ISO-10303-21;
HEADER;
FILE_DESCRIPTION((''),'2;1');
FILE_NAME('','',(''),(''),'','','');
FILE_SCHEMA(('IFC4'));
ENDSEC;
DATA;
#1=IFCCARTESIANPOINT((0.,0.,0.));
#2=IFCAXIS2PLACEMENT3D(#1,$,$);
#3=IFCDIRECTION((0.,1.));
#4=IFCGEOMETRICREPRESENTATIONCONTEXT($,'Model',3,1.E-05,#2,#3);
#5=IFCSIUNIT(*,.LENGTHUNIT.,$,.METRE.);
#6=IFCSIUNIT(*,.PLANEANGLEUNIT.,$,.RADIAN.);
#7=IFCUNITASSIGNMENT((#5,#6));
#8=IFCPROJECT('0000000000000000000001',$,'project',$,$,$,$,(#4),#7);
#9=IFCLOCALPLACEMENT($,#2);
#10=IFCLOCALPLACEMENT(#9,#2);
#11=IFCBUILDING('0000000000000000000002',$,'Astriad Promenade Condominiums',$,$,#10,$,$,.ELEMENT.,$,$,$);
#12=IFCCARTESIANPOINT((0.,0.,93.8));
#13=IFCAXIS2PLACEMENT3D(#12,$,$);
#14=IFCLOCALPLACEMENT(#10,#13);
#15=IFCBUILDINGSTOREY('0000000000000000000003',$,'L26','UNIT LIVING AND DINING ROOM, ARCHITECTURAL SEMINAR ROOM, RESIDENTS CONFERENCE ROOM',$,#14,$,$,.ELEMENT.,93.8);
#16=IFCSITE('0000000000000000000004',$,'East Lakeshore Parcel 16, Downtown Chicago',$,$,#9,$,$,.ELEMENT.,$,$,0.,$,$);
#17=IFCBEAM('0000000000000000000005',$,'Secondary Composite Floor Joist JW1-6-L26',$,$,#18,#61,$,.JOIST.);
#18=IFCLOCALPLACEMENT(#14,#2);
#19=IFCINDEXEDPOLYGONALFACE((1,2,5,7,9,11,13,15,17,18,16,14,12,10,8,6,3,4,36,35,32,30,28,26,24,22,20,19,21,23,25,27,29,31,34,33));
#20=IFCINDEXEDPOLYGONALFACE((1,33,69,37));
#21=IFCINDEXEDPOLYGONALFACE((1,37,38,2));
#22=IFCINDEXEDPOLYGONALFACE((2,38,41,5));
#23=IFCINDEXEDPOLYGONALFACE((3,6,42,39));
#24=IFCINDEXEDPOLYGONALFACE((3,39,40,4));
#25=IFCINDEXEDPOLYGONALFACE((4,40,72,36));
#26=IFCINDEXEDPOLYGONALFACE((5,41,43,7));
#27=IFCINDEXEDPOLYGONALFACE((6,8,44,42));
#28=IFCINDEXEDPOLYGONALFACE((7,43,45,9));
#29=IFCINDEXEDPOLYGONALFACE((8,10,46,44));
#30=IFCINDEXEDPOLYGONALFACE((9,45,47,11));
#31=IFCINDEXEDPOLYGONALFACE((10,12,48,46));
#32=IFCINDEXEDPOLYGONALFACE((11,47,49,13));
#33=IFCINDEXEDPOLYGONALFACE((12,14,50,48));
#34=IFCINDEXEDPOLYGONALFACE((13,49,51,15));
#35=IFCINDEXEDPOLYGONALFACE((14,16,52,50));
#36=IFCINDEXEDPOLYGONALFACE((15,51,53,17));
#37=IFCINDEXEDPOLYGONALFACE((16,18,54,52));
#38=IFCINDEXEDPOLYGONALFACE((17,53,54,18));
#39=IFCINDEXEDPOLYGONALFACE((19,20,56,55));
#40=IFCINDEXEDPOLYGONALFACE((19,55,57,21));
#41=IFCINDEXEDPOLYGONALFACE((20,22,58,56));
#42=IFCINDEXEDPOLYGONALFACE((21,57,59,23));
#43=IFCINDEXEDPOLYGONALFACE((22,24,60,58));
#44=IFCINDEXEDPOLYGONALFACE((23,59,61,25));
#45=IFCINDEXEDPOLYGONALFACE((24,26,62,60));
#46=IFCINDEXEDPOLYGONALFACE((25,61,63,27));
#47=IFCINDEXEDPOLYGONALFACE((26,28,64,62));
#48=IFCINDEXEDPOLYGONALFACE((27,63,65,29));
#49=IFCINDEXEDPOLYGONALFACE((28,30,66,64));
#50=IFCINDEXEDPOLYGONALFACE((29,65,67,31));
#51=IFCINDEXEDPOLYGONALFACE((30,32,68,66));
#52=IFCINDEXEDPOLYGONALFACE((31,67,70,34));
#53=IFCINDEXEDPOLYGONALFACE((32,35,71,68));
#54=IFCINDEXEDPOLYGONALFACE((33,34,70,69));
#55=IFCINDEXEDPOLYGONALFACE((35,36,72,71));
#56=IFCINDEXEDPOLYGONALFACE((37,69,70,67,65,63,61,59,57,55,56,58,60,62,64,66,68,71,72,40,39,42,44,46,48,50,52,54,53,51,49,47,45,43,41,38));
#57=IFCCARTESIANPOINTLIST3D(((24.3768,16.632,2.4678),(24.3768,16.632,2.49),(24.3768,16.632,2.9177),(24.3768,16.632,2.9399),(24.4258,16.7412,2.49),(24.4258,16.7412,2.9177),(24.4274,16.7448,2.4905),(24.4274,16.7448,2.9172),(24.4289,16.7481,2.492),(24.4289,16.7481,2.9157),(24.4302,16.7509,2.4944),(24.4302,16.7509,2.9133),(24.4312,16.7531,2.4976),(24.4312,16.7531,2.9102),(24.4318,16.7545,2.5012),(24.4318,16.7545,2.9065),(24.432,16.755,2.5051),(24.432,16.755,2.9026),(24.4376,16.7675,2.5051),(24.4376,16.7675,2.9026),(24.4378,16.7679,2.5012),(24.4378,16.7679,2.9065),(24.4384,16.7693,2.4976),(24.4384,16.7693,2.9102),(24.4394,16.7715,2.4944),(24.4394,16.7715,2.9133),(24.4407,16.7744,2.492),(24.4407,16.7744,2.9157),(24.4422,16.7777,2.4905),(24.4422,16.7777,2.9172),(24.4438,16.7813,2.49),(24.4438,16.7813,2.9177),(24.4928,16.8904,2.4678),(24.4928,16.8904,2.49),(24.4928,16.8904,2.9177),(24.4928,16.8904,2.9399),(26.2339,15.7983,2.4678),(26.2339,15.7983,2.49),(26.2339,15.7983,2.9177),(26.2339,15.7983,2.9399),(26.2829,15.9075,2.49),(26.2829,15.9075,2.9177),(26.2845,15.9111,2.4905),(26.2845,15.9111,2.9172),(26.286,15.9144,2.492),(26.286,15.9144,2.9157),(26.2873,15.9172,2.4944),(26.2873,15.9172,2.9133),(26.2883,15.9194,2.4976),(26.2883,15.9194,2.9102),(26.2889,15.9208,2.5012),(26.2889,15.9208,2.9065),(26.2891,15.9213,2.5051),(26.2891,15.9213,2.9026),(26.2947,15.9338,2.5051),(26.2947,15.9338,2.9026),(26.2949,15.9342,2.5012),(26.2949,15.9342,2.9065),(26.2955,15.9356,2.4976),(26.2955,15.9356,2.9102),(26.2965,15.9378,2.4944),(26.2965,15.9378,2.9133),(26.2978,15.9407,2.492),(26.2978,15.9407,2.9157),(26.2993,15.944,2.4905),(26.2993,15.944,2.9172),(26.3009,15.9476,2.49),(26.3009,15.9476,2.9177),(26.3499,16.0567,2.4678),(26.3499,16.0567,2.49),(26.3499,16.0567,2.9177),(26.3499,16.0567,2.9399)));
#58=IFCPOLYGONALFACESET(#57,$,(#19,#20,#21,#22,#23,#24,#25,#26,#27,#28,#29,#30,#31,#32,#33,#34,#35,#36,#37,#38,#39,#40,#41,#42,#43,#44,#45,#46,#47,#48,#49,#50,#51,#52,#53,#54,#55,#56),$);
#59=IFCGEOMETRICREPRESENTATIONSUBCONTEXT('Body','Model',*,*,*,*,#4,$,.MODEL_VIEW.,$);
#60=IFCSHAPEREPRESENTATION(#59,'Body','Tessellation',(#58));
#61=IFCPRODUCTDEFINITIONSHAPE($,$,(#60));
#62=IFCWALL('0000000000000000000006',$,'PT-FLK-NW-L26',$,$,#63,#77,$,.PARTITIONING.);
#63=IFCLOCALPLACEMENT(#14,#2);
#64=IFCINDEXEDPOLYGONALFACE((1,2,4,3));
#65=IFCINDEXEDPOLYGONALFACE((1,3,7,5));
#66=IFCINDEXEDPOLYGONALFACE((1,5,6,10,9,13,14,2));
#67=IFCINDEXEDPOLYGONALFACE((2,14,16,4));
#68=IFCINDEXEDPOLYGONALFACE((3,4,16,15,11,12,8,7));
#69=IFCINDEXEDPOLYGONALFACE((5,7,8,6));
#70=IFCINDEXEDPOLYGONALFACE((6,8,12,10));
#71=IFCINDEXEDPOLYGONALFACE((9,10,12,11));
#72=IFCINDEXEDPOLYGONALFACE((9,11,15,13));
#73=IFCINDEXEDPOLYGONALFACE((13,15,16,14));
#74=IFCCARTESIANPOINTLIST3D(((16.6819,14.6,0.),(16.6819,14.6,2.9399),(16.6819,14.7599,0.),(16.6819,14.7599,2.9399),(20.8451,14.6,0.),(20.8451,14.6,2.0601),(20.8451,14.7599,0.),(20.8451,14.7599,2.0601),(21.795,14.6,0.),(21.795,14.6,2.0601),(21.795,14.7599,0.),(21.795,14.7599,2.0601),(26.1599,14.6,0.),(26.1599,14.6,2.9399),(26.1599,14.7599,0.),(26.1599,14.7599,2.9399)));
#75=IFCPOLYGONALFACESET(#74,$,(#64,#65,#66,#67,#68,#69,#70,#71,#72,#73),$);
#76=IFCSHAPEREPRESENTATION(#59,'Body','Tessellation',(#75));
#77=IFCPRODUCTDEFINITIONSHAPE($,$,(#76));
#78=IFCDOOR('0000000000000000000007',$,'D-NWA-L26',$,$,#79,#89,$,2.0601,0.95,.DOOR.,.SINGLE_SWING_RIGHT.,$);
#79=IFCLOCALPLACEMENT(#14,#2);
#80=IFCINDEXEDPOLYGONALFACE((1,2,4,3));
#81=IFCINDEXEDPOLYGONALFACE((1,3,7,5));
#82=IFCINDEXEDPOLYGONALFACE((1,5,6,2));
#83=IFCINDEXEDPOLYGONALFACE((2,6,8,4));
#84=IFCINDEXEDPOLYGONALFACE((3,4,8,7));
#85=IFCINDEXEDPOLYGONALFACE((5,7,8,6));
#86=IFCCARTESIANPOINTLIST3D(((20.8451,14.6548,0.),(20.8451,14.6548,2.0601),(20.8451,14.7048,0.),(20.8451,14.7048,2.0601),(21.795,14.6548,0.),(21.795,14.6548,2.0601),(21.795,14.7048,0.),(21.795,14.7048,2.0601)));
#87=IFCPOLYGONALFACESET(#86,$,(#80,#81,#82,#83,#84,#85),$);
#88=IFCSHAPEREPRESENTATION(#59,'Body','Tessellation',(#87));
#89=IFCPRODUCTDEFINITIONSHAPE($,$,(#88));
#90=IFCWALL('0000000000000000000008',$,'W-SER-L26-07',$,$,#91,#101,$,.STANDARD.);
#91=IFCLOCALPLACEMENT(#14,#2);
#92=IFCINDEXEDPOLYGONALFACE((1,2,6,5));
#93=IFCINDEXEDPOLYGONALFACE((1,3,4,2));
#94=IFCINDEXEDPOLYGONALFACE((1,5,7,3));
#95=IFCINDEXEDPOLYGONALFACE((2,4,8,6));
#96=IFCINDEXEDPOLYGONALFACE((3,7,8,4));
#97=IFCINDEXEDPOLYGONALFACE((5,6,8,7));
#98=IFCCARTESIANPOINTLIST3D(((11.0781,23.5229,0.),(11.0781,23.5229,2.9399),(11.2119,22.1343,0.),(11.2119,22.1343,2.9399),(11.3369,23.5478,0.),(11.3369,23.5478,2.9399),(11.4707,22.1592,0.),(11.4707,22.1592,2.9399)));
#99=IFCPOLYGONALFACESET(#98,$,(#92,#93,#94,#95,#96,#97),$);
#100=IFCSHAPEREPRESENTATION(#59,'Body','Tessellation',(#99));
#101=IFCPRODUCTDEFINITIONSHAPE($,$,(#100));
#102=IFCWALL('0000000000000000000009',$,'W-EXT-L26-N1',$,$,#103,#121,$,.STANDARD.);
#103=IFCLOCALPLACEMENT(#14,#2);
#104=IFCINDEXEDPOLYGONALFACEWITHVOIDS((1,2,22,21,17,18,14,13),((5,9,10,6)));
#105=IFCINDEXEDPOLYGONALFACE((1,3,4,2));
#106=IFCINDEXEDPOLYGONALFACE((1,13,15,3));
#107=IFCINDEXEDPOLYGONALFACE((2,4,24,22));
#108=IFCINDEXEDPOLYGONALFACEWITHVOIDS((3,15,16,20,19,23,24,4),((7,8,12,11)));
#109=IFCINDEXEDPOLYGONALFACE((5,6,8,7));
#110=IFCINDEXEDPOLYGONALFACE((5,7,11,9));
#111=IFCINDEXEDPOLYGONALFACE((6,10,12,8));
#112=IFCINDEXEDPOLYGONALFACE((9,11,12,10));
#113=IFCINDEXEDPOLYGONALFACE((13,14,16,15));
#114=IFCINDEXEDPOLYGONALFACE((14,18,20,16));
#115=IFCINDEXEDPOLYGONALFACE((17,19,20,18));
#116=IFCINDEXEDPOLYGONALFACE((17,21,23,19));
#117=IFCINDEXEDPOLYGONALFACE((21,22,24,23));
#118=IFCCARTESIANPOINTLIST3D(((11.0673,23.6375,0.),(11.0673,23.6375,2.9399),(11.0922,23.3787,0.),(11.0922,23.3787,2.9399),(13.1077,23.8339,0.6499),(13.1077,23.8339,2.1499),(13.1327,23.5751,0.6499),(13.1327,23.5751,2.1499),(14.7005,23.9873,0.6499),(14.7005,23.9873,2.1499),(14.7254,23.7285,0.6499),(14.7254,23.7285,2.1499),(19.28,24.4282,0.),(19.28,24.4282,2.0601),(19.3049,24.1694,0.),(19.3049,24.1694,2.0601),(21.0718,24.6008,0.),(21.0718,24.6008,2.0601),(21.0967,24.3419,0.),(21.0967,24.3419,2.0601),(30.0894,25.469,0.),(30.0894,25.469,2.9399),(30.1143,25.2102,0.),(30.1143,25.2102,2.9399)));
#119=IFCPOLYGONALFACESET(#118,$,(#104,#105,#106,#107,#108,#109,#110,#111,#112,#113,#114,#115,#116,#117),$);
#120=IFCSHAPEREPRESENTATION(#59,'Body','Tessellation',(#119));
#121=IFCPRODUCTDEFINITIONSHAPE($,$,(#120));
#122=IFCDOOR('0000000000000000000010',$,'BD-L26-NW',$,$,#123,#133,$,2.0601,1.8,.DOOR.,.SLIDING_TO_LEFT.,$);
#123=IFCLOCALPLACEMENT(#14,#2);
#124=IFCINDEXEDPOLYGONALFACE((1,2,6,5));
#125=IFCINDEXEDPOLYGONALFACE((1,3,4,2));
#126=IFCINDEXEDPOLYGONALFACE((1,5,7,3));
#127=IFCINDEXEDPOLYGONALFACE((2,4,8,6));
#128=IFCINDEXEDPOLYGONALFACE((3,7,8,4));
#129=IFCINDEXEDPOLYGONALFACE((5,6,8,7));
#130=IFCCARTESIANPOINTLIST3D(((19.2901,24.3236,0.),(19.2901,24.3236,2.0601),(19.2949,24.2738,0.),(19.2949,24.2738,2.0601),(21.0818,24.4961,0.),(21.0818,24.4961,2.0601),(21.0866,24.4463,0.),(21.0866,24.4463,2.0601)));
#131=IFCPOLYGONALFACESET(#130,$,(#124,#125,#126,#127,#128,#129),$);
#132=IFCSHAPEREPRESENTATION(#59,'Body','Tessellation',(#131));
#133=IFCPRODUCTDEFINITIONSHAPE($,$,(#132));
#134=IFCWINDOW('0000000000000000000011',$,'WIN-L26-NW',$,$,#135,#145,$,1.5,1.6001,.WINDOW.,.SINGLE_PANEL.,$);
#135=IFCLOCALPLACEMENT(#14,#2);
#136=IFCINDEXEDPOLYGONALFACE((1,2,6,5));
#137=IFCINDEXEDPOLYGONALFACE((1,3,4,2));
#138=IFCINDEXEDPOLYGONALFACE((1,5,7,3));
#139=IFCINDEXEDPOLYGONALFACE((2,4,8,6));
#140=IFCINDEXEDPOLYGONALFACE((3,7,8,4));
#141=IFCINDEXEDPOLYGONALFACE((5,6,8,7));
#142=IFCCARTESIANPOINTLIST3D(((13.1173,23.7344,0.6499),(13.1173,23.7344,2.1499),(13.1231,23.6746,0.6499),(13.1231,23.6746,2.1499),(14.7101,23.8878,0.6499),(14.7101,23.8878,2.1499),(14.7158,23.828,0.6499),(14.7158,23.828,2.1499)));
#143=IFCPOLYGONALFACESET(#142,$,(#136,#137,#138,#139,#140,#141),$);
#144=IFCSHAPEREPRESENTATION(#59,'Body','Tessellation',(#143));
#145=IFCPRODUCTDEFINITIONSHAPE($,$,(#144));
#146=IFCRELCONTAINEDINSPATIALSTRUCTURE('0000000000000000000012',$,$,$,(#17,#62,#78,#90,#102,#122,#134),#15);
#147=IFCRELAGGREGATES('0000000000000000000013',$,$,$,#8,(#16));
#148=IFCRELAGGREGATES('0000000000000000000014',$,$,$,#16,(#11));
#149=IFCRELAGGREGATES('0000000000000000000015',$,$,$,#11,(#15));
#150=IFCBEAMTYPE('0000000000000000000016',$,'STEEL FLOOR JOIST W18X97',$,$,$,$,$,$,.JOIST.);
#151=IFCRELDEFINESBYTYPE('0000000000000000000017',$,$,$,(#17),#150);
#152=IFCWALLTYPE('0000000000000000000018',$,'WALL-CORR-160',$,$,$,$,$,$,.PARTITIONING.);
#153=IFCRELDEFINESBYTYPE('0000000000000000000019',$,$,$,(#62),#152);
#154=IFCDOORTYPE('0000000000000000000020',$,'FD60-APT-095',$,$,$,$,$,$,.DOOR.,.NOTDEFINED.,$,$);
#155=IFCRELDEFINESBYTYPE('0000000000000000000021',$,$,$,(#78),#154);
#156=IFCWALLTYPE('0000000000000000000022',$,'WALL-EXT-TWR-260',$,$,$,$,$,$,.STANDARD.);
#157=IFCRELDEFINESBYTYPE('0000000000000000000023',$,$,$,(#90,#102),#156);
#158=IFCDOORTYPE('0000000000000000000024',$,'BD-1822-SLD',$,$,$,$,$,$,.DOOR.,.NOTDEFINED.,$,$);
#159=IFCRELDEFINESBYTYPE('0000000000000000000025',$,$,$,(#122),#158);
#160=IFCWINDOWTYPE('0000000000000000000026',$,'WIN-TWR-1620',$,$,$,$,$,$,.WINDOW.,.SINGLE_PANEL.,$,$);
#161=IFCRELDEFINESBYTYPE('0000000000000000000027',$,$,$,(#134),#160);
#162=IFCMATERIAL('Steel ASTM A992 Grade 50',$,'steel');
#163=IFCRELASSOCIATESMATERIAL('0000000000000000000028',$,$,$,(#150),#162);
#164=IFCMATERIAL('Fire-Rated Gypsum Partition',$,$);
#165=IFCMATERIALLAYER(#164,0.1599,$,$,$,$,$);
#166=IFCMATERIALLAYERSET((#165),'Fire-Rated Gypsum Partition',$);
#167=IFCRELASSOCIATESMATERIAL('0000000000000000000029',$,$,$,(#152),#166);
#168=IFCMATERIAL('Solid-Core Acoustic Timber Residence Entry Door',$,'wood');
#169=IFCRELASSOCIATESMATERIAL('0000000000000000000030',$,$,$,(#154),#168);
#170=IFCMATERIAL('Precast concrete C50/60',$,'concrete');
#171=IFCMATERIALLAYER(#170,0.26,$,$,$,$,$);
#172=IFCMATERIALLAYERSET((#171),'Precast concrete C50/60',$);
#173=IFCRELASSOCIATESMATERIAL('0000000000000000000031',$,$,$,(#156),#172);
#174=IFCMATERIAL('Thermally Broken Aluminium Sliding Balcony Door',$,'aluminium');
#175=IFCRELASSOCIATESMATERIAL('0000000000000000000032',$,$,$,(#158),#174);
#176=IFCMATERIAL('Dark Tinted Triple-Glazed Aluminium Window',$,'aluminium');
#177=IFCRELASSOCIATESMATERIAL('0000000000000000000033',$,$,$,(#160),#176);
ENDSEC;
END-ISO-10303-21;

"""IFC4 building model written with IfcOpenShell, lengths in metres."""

from ifc_helpers import new_model, si_unit, direction, frame, frame_2d, origin, origin_2d, place, context, subcontext, project, spatial, rectangle, i_section, extrude, source, transform, mapped, material, layer, layer_set, material_profile, profile_set, type_object, type_shapes, element, fill, save


model = new_model("IFC4")

# Units and contexts
model_context = context("Model", 3, precision=1e-05, world=origin(), true_north=direction((0.0, 1.0)))
body_context = subcontext(model_context, "Body", "Model", "MODEL_VIEW")
ifc_project = project(units=[si_unit("LENGTHUNIT", "METRE"), si_unit("PLANEANGLEUNIT", "RADIAN")], contexts=[model_context])

# Site, building, storey
site_placement = place(None, origin())
site = spatial("IfcSite", under=ifc_project, at=site_placement, Name="East Lakeshore Parcel 16, Downtown Chicago", CompositionType="ELEMENT", RefElevation=0.0)
building_placement = place(site_placement, origin())
building = spatial("IfcBuilding", under=site, at=building_placement, Name="Astriad Promenade Condominiums", CompositionType="ELEMENT")
storey_placement = place(building_placement, frame((0.0, 0.0, 93.8)))
storey = spatial("IfcBuildingStorey", under=building, at=storey_placement, Name="L26", Description="UNIT LIVING AND DINING ROOM, ARCHITECTURAL SEMINAR ROOM, RESIDENTS CONFERENCE ROOM", CompositionType="ELEMENT", Elevation=93.8)

# Beam
ifc_material_1 = material(Name="Steel ASTM A992 Grade 50", Category="steel")
ifc_material_profile_1 = material_profile(ifc_material_1, i_section(OverallWidth=0.2832, OverallDepth=0.4722, WebThickness=0.0137, FlangeThickness=0.0222, FilletRadius=0.0151, at=origin_2d()), Name="W18X97")
ifc_profile_set_1 = profile_set([ifc_material_profile_1], Name="Steel ASTM A992 Grade 50")
beam_type_1 = type_object("IfcBeamType", Name="STEEL FLOOR JOIST W18X97", PredefinedType="JOIST", material=ifc_profile_set_1)
shared_shape_1 = source(origin(), body_context, "Body", "SweptSolid", [
    extrude(i_section(OverallWidth=0.2832, OverallDepth=0.4722, WebThickness=0.0137, FlangeThickness=0.0222, FilletRadius=0.0151, at=origin_2d()), origin(), (0.0, 0.0, 1.0), 2.0356),
])
beam_1_placement = place(storey_placement, frame((24.4348, 16.7612, 2.7039), z_axis=(0.912287, -0.409552, 0.0), x_axis=(0.409552, 0.912287, 0.0)))
element("IfcBeam", 1, at=beam_1_placement, inside=storey, type_object=beam_type_1, Name="Secondary Composite Floor Joist JW1-6-L26", PredefinedType="JOIST", context=body_context, shape_type="MappedRepresentation", body=[
    mapped(shared_shape_1, transform((0.0, 0.0, 0.0), scale=1.0)),
])

# Wall, opening, door
ifc_material_2 = material(Name="Fire-Rated Gypsum Partition")
ifc_layer_1 = layer(ifc_material_2, 0.1599)
ifc_layer_set_1 = layer_set([ifc_layer_1], Name="Fire-Rated Gypsum Partition")
wall_type_1 = type_object("IfcWallType", Name="WALL-CORR-160", PredefinedType="PARTITIONING", material=ifc_layer_set_1)
wall_1_placement = place(storey_placement, frame((16.6819, 14.6799, 0.0), z_axis=(0.0, 0.0, 1.0), x_axis=(1.0, 0.0, 0.0)))
wall_1 = element("IfcWall", 2, at=wall_1_placement, inside=storey, type_object=wall_type_1, Name="PT-FLK-NW-L26", PredefinedType="PARTITIONING", context=body_context, shape_type="SweptSolid", body=[
    extrude(rectangle(XDim=9.478, YDim=0.1599, at=frame_2d((4.739, 0.0))), origin(), (0.0, 0.0, 1.0), 2.9399),
])
opening_1_placement = place(wall_1_placement, frame((4.1631, 0.0, 0.0)))
opening_1 = element("IfcOpeningElement", 3, at=opening_1_placement, cuts=wall_1, PredefinedType="OPENING", context=body_context, shape_type="SweptSolid", body=[
    extrude(rectangle(XDim=0.95, YDim=2.0601, at=frame_2d((0.4751, 1.03))), frame((0.0, 0.0898, 0.0), z_axis=(0.0, -1.0, 0.0), x_axis=(1.0, 0.0, 0.0)), (0.0, 0.0, 1.0), 0.1799),
])
ifc_material_3 = material(Name="Solid-Core Acoustic Timber Residence Entry Door", Category="wood")
door_type_1 = type_object("IfcDoorType", Name="FD60-APT-095", OperationType="NOTDEFINED", PredefinedType="DOOR", material=ifc_material_3)
shared_shape_2 = source(origin(), body_context, "Body", "SweptSolid", [
    extrude(rectangle(XDim=0.95, YDim=2.0601, at=frame_2d((0.4751, 1.03))), frame((0.0, 0.0249, 0.0), z_axis=(0.0, -1.0, 0.0), x_axis=(1.0, 0.0, 0.0)), (0.0, 0.0, 1.0), 0.05),
])
type_shapes(door_type_1, [shared_shape_2])
door_1_placement = place(opening_1_placement, origin())
door_1 = element("IfcDoor", 4, at=door_1_placement, inside=storey, type_object=door_type_1, Name="D-NWA-L26", OperationType="SINGLE_SWING_RIGHT", OverallHeight=2.0601, OverallWidth=0.95, PredefinedType="DOOR", context=body_context, shape_type="MappedRepresentation", body=[
    mapped(shared_shape_2, transform((0.0, 0.0, 0.0), scale=1.0)),
])
fill(opening_1, door_1)

# Wall
ifc_material_4 = material(Name="Precast concrete C50/60", Category="concrete")
ifc_layer_2 = layer(ifc_material_4, 0.26)
ifc_layer_set_2 = layer_set([ifc_layer_2], Name="Precast concrete C50/60")
wall_type_2 = type_object("IfcWallType", Name="WALL-EXT-TWR-260", PredefinedType="STANDARD", material=ifc_layer_set_2)
wall_2_placement = place(storey_placement, frame((11.3413, 22.1467, 0.0), z_axis=(0.0, 0.0, 1.0), x_axis=(-0.095899, 0.995391, 0.0)))
element("IfcWall", 5, at=wall_2_placement, inside=storey, type_object=wall_type_2, Name="W-SER-L26-07", PredefinedType="STANDARD", context=body_context, shape_type="SweptSolid", body=[
    extrude(rectangle(XDim=1.395, YDim=0.26, at=frame_2d((0.6975, 0.0))), origin(), (0.0, 0.0, 1.0), 2.9399),
])

# Wall, openings, door, window
wall_3_placement = place(storey_placement, frame((11.0796, 23.5081, 0.0), z_axis=(0.0, 0.0, 1.0), x_axis=(0.995397, 0.095841, 0.0)))
wall_3 = element("IfcWall", 6, at=wall_3_placement, inside=storey, type_object=wall_type_2, Name="W-EXT-L26-N1", PredefinedType="STANDARD", context=body_context, shape_type="SweptSolid", body=[
    extrude(rectangle(XDim=19.1101, YDim=0.26, at=frame_2d((9.5552, 0.0))), origin(), (0.0, 0.0, 1.0), 2.9399),
])
opening_2_placement = place(wall_3_placement, frame((8.251, 0.0, 0.0)))
opening_2 = element("IfcOpeningElement", 7, at=opening_2_placement, cuts=wall_3, PredefinedType="OPENING", context=body_context, shape_type="SweptSolid", body=[
    extrude(rectangle(XDim=1.8, YDim=2.0601, at=frame_2d((0.8999, 1.03))), frame((0.0, 0.1399, 0.0), z_axis=(0.0, -1.0, 0.0), x_axis=(1.0, 0.0, 0.0)), (0.0, 0.0, 1.0), 0.28),
])
opening_3_placement = place(wall_3_placement, frame((2.05, 0.0, 0.6499)))
opening_3 = element("IfcOpeningElement", 8, at=opening_3_placement, cuts=wall_3, PredefinedType="OPENING", context=body_context, shape_type="SweptSolid", body=[
    extrude(rectangle(XDim=1.6001, YDim=1.5, at=frame_2d((0.8, 0.75))), frame((0.0, 0.1399, 0.0), z_axis=(0.0, -1.0, 0.0), x_axis=(1.0, 0.0, 0.0)), (0.0, 0.0, 1.0), 0.28),
])
ifc_material_5 = material(Name="Thermally Broken Aluminium Sliding Balcony Door", Category="aluminium")
door_type_2 = type_object("IfcDoorType", Name="BD-1822-SLD", OperationType="NOTDEFINED", PredefinedType="DOOR", material=ifc_material_5)
shared_shape_3 = source(origin(), body_context, "Body", "SweptSolid", [
    extrude(rectangle(XDim=1.8, YDim=2.0601, at=frame_2d((0.8999, 1.03))), frame((0.0, 0.0249, 0.0), z_axis=(0.0, -1.0, 0.0), x_axis=(1.0, 0.0, 0.0)), (0.0, 0.0, 1.0), 0.05),
])
type_shapes(door_type_2, [shared_shape_3])
door_2_placement = place(opening_2_placement, origin())
door_2 = element("IfcDoor", 9, at=door_2_placement, inside=storey, type_object=door_type_2, Name="BD-L26-NW", OperationType="SLIDING_TO_LEFT", OverallHeight=2.0601, OverallWidth=1.8, PredefinedType="DOOR", context=body_context, shape_type="MappedRepresentation", body=[
    mapped(shared_shape_3, transform((0.0, 0.0, 0.0), scale=1.0)),
])
fill(opening_2, door_2)
ifc_material_6 = material(Name="Dark Tinted Triple-Glazed Aluminium Window", Category="aluminium")
window_type = type_object("IfcWindowType", Name="WIN-TWR-1620", PartitioningType="SINGLE_PANEL", PredefinedType="WINDOW", material=ifc_material_6)
shared_shape_4 = source(origin(), body_context, "Body", "SweptSolid", [
    extrude(rectangle(XDim=1.6001, YDim=1.5, at=frame_2d((0.8, 0.75))), frame((0.0, 0.03, 0.0), z_axis=(0.0, -1.0, 0.0), x_axis=(1.0, 0.0, 0.0)), (0.0, 0.0, 1.0), 0.0601),
])
type_shapes(window_type, [shared_shape_4])
window_placement = place(opening_3_placement, origin())
window = element("IfcWindow", 10, at=window_placement, inside=storey, type_object=window_type, Name="WIN-L26-NW", OverallHeight=1.5, OverallWidth=1.6001, PartitioningType="SINGLE_PANEL", PredefinedType="WINDOW", context=body_context, shape_type="MappedRepresentation", body=[
    mapped(shared_shape_4, transform((0.0, 0.0, 0.0), scale=1.0)),
])
fill(opening_3, window)

save(model, "model.ifc")
